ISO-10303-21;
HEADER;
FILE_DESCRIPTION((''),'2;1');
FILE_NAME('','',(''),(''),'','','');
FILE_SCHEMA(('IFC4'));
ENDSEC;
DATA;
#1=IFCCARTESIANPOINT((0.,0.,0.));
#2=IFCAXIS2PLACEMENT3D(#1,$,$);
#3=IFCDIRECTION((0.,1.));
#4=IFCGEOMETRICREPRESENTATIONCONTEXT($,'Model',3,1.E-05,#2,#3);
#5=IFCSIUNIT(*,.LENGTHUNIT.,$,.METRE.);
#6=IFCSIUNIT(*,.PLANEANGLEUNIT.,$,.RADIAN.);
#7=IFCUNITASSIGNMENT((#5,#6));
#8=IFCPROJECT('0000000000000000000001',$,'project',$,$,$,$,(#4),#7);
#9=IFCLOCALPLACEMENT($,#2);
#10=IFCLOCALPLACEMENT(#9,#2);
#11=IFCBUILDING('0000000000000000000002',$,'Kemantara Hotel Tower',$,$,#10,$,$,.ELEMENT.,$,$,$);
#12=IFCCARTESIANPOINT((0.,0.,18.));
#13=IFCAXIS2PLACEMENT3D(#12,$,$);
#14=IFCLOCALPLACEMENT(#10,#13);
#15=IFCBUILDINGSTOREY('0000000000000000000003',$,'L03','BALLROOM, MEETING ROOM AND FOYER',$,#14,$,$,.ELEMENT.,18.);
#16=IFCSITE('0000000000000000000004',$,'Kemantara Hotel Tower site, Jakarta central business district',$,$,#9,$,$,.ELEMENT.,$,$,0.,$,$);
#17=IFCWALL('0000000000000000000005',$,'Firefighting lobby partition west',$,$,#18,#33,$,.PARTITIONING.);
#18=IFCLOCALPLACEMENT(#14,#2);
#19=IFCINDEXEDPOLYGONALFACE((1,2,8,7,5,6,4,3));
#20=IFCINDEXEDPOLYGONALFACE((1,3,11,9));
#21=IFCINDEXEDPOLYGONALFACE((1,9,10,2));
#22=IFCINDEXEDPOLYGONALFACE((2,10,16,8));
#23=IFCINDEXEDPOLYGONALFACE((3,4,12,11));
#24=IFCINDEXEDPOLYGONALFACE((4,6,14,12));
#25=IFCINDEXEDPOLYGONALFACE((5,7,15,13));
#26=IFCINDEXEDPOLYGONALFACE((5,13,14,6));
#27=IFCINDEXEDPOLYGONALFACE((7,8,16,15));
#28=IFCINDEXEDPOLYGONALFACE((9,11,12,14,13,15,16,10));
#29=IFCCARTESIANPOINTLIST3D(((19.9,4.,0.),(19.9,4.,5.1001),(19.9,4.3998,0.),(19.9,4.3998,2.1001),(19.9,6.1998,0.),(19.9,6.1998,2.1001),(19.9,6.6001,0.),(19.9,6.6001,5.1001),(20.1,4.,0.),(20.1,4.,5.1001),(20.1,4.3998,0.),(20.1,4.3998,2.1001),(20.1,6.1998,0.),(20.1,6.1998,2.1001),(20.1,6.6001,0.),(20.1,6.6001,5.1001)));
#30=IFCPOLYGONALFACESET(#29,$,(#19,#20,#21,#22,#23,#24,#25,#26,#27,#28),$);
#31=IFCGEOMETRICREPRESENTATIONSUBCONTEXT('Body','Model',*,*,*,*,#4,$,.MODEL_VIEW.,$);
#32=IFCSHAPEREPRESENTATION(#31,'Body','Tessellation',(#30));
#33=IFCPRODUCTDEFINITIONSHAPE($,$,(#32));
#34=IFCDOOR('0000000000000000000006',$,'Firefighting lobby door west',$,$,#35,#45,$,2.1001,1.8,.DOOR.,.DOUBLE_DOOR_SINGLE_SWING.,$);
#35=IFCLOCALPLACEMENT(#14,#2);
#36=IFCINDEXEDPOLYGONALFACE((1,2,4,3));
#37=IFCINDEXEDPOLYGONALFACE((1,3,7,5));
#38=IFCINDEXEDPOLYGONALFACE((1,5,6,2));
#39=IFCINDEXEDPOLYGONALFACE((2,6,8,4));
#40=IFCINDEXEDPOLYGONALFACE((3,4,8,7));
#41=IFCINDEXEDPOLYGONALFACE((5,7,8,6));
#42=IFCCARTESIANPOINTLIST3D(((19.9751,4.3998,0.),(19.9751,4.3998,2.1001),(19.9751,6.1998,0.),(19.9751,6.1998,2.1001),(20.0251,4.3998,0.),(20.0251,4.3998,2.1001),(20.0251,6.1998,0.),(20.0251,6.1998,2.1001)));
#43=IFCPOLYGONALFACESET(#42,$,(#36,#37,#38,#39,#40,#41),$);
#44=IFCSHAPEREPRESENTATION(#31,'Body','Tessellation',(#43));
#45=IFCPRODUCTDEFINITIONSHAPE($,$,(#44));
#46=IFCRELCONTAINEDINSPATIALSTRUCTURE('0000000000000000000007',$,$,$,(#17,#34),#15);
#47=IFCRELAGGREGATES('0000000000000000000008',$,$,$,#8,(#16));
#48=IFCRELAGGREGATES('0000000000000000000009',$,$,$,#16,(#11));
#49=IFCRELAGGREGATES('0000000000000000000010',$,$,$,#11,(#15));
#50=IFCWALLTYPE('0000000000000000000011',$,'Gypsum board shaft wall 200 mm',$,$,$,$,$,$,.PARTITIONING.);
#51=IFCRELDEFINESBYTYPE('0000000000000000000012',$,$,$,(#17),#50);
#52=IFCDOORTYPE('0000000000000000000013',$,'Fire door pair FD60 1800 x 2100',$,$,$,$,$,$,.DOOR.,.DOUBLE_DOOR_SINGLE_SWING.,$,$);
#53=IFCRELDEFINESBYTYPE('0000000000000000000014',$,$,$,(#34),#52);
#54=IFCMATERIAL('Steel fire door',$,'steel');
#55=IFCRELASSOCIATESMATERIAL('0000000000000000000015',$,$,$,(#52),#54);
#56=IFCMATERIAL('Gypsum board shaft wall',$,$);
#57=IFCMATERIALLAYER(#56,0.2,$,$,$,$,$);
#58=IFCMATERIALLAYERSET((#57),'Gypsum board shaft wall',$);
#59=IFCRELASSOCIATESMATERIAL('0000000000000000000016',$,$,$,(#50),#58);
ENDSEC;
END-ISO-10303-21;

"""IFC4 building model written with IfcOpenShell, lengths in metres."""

from ifc_helpers import new_model, si_unit, direction, frame, frame_2d, origin, place, context, subcontext, project, spatial, rectangle, extrude, material, layer, layer_set, type_object, element, fill, save


model = new_model("IFC4")

# Units and contexts
model_context = context("Model", 3, precision=1e-05, world=origin(), true_north=direction((0.0, 1.0)))
body_context = subcontext(model_context, "Body", "Model", "MODEL_VIEW")
ifc_project = project(units=[si_unit("LENGTHUNIT", "METRE"), si_unit("PLANEANGLEUNIT", "RADIAN")], contexts=[model_context])

# Site, building, storey
site_placement = place(None, origin())
site = spatial("IfcSite", under=ifc_project, at=site_placement, Name="Kemantara Hotel Tower site, Jakarta central business district", CompositionType="ELEMENT", RefElevation=0.0)
building_placement = place(site_placement, origin())
building = spatial("IfcBuilding", under=site, at=building_placement, Name="Kemantara Hotel Tower", CompositionType="ELEMENT")
storey_placement = place(building_placement, frame((0.0, 0.0, 18.0)))
storey = spatial("IfcBuildingStorey", under=building, at=storey_placement, Name="L03", Description="BALLROOM, MEETING ROOM AND FOYER", CompositionType="ELEMENT", Elevation=18.0)

# Shared definitions
ifc_material_1 = material(Name="Steel fire door", Category="steel")

# Shared definitions
door_type_1 = type_object("IfcDoorType", Name="Fire door pair FD60 1800 x 2100", OperationType="DOUBLE_DOOR_SINGLE_SWING", PredefinedType="DOOR", material=ifc_material_1)

# Wall, opening, door
ifc_material_2 = material(Name="Gypsum board shaft wall")
ifc_layer_1 = layer(ifc_material_2, 0.2)
ifc_layer_set_1 = layer_set([ifc_layer_1], Name="Gypsum board shaft wall")
wall_type_1 = type_object("IfcWallType", Name="Gypsum board shaft wall 200 mm", PredefinedType="PARTITIONING", material=ifc_layer_set_1)
wall_1_placement = place(storey_placement, frame((20.0, 4.0, 0.0), z_axis=(0.0, 0.0, 1.0), x_axis=(0.0, 1.0, 0.0)))
wall_1 = element("IfcWall", 1, at=wall_1_placement, inside=storey, type_object=wall_type_1, Name="Firefighting lobby partition west", PredefinedType="PARTITIONING", context=body_context, shape_type="SweptSolid", body=[
    extrude(rectangle(XDim=2.6001, YDim=0.2, at=frame_2d((1.3, 0.0))), origin(), (0.0, 0.0, 1.0), 5.1001),
])
opening_1_placement = place(wall_1_placement, frame((0.3999, 0.0, 0.0)))
opening_1 = element("IfcOpeningElement", 2, at=opening_1_placement, cuts=wall_1, PredefinedType="OPENING", context=body_context, shape_type="SweptSolid", body=[
    extrude(rectangle(XDim=1.8, YDim=2.1001, at=frame_2d((0.8999, 1.05))), frame((0.0, 0.1099, 0.0), z_axis=(0.0, -1.0, 0.0), x_axis=(1.0, 0.0, 0.0)), (0.0, 0.0, 1.0), 0.22),
])
door_1_placement = place(opening_1_placement, origin())
door_1 = element("IfcDoor", 3, at=door_1_placement, inside=storey, type_object=door_type_1, Name="Firefighting lobby door west", OperationType="DOUBLE_DOOR_SINGLE_SWING", OverallHeight=2.1001, OverallWidth=1.8, PredefinedType="DOOR", context=body_context, shape_type="SweptSolid", body=[
    extrude(rectangle(XDim=1.8, YDim=2.1001, at=frame_2d((0.8999, 1.05))), frame((0.0, 0.0249, 0.0), z_axis=(0.0, -1.0, 0.0), x_axis=(1.0, 0.0, 0.0)), (0.0, 0.0, 1.0), 0.05),
])
fill(opening_1, door_1)

save(model, "model.ifc")
